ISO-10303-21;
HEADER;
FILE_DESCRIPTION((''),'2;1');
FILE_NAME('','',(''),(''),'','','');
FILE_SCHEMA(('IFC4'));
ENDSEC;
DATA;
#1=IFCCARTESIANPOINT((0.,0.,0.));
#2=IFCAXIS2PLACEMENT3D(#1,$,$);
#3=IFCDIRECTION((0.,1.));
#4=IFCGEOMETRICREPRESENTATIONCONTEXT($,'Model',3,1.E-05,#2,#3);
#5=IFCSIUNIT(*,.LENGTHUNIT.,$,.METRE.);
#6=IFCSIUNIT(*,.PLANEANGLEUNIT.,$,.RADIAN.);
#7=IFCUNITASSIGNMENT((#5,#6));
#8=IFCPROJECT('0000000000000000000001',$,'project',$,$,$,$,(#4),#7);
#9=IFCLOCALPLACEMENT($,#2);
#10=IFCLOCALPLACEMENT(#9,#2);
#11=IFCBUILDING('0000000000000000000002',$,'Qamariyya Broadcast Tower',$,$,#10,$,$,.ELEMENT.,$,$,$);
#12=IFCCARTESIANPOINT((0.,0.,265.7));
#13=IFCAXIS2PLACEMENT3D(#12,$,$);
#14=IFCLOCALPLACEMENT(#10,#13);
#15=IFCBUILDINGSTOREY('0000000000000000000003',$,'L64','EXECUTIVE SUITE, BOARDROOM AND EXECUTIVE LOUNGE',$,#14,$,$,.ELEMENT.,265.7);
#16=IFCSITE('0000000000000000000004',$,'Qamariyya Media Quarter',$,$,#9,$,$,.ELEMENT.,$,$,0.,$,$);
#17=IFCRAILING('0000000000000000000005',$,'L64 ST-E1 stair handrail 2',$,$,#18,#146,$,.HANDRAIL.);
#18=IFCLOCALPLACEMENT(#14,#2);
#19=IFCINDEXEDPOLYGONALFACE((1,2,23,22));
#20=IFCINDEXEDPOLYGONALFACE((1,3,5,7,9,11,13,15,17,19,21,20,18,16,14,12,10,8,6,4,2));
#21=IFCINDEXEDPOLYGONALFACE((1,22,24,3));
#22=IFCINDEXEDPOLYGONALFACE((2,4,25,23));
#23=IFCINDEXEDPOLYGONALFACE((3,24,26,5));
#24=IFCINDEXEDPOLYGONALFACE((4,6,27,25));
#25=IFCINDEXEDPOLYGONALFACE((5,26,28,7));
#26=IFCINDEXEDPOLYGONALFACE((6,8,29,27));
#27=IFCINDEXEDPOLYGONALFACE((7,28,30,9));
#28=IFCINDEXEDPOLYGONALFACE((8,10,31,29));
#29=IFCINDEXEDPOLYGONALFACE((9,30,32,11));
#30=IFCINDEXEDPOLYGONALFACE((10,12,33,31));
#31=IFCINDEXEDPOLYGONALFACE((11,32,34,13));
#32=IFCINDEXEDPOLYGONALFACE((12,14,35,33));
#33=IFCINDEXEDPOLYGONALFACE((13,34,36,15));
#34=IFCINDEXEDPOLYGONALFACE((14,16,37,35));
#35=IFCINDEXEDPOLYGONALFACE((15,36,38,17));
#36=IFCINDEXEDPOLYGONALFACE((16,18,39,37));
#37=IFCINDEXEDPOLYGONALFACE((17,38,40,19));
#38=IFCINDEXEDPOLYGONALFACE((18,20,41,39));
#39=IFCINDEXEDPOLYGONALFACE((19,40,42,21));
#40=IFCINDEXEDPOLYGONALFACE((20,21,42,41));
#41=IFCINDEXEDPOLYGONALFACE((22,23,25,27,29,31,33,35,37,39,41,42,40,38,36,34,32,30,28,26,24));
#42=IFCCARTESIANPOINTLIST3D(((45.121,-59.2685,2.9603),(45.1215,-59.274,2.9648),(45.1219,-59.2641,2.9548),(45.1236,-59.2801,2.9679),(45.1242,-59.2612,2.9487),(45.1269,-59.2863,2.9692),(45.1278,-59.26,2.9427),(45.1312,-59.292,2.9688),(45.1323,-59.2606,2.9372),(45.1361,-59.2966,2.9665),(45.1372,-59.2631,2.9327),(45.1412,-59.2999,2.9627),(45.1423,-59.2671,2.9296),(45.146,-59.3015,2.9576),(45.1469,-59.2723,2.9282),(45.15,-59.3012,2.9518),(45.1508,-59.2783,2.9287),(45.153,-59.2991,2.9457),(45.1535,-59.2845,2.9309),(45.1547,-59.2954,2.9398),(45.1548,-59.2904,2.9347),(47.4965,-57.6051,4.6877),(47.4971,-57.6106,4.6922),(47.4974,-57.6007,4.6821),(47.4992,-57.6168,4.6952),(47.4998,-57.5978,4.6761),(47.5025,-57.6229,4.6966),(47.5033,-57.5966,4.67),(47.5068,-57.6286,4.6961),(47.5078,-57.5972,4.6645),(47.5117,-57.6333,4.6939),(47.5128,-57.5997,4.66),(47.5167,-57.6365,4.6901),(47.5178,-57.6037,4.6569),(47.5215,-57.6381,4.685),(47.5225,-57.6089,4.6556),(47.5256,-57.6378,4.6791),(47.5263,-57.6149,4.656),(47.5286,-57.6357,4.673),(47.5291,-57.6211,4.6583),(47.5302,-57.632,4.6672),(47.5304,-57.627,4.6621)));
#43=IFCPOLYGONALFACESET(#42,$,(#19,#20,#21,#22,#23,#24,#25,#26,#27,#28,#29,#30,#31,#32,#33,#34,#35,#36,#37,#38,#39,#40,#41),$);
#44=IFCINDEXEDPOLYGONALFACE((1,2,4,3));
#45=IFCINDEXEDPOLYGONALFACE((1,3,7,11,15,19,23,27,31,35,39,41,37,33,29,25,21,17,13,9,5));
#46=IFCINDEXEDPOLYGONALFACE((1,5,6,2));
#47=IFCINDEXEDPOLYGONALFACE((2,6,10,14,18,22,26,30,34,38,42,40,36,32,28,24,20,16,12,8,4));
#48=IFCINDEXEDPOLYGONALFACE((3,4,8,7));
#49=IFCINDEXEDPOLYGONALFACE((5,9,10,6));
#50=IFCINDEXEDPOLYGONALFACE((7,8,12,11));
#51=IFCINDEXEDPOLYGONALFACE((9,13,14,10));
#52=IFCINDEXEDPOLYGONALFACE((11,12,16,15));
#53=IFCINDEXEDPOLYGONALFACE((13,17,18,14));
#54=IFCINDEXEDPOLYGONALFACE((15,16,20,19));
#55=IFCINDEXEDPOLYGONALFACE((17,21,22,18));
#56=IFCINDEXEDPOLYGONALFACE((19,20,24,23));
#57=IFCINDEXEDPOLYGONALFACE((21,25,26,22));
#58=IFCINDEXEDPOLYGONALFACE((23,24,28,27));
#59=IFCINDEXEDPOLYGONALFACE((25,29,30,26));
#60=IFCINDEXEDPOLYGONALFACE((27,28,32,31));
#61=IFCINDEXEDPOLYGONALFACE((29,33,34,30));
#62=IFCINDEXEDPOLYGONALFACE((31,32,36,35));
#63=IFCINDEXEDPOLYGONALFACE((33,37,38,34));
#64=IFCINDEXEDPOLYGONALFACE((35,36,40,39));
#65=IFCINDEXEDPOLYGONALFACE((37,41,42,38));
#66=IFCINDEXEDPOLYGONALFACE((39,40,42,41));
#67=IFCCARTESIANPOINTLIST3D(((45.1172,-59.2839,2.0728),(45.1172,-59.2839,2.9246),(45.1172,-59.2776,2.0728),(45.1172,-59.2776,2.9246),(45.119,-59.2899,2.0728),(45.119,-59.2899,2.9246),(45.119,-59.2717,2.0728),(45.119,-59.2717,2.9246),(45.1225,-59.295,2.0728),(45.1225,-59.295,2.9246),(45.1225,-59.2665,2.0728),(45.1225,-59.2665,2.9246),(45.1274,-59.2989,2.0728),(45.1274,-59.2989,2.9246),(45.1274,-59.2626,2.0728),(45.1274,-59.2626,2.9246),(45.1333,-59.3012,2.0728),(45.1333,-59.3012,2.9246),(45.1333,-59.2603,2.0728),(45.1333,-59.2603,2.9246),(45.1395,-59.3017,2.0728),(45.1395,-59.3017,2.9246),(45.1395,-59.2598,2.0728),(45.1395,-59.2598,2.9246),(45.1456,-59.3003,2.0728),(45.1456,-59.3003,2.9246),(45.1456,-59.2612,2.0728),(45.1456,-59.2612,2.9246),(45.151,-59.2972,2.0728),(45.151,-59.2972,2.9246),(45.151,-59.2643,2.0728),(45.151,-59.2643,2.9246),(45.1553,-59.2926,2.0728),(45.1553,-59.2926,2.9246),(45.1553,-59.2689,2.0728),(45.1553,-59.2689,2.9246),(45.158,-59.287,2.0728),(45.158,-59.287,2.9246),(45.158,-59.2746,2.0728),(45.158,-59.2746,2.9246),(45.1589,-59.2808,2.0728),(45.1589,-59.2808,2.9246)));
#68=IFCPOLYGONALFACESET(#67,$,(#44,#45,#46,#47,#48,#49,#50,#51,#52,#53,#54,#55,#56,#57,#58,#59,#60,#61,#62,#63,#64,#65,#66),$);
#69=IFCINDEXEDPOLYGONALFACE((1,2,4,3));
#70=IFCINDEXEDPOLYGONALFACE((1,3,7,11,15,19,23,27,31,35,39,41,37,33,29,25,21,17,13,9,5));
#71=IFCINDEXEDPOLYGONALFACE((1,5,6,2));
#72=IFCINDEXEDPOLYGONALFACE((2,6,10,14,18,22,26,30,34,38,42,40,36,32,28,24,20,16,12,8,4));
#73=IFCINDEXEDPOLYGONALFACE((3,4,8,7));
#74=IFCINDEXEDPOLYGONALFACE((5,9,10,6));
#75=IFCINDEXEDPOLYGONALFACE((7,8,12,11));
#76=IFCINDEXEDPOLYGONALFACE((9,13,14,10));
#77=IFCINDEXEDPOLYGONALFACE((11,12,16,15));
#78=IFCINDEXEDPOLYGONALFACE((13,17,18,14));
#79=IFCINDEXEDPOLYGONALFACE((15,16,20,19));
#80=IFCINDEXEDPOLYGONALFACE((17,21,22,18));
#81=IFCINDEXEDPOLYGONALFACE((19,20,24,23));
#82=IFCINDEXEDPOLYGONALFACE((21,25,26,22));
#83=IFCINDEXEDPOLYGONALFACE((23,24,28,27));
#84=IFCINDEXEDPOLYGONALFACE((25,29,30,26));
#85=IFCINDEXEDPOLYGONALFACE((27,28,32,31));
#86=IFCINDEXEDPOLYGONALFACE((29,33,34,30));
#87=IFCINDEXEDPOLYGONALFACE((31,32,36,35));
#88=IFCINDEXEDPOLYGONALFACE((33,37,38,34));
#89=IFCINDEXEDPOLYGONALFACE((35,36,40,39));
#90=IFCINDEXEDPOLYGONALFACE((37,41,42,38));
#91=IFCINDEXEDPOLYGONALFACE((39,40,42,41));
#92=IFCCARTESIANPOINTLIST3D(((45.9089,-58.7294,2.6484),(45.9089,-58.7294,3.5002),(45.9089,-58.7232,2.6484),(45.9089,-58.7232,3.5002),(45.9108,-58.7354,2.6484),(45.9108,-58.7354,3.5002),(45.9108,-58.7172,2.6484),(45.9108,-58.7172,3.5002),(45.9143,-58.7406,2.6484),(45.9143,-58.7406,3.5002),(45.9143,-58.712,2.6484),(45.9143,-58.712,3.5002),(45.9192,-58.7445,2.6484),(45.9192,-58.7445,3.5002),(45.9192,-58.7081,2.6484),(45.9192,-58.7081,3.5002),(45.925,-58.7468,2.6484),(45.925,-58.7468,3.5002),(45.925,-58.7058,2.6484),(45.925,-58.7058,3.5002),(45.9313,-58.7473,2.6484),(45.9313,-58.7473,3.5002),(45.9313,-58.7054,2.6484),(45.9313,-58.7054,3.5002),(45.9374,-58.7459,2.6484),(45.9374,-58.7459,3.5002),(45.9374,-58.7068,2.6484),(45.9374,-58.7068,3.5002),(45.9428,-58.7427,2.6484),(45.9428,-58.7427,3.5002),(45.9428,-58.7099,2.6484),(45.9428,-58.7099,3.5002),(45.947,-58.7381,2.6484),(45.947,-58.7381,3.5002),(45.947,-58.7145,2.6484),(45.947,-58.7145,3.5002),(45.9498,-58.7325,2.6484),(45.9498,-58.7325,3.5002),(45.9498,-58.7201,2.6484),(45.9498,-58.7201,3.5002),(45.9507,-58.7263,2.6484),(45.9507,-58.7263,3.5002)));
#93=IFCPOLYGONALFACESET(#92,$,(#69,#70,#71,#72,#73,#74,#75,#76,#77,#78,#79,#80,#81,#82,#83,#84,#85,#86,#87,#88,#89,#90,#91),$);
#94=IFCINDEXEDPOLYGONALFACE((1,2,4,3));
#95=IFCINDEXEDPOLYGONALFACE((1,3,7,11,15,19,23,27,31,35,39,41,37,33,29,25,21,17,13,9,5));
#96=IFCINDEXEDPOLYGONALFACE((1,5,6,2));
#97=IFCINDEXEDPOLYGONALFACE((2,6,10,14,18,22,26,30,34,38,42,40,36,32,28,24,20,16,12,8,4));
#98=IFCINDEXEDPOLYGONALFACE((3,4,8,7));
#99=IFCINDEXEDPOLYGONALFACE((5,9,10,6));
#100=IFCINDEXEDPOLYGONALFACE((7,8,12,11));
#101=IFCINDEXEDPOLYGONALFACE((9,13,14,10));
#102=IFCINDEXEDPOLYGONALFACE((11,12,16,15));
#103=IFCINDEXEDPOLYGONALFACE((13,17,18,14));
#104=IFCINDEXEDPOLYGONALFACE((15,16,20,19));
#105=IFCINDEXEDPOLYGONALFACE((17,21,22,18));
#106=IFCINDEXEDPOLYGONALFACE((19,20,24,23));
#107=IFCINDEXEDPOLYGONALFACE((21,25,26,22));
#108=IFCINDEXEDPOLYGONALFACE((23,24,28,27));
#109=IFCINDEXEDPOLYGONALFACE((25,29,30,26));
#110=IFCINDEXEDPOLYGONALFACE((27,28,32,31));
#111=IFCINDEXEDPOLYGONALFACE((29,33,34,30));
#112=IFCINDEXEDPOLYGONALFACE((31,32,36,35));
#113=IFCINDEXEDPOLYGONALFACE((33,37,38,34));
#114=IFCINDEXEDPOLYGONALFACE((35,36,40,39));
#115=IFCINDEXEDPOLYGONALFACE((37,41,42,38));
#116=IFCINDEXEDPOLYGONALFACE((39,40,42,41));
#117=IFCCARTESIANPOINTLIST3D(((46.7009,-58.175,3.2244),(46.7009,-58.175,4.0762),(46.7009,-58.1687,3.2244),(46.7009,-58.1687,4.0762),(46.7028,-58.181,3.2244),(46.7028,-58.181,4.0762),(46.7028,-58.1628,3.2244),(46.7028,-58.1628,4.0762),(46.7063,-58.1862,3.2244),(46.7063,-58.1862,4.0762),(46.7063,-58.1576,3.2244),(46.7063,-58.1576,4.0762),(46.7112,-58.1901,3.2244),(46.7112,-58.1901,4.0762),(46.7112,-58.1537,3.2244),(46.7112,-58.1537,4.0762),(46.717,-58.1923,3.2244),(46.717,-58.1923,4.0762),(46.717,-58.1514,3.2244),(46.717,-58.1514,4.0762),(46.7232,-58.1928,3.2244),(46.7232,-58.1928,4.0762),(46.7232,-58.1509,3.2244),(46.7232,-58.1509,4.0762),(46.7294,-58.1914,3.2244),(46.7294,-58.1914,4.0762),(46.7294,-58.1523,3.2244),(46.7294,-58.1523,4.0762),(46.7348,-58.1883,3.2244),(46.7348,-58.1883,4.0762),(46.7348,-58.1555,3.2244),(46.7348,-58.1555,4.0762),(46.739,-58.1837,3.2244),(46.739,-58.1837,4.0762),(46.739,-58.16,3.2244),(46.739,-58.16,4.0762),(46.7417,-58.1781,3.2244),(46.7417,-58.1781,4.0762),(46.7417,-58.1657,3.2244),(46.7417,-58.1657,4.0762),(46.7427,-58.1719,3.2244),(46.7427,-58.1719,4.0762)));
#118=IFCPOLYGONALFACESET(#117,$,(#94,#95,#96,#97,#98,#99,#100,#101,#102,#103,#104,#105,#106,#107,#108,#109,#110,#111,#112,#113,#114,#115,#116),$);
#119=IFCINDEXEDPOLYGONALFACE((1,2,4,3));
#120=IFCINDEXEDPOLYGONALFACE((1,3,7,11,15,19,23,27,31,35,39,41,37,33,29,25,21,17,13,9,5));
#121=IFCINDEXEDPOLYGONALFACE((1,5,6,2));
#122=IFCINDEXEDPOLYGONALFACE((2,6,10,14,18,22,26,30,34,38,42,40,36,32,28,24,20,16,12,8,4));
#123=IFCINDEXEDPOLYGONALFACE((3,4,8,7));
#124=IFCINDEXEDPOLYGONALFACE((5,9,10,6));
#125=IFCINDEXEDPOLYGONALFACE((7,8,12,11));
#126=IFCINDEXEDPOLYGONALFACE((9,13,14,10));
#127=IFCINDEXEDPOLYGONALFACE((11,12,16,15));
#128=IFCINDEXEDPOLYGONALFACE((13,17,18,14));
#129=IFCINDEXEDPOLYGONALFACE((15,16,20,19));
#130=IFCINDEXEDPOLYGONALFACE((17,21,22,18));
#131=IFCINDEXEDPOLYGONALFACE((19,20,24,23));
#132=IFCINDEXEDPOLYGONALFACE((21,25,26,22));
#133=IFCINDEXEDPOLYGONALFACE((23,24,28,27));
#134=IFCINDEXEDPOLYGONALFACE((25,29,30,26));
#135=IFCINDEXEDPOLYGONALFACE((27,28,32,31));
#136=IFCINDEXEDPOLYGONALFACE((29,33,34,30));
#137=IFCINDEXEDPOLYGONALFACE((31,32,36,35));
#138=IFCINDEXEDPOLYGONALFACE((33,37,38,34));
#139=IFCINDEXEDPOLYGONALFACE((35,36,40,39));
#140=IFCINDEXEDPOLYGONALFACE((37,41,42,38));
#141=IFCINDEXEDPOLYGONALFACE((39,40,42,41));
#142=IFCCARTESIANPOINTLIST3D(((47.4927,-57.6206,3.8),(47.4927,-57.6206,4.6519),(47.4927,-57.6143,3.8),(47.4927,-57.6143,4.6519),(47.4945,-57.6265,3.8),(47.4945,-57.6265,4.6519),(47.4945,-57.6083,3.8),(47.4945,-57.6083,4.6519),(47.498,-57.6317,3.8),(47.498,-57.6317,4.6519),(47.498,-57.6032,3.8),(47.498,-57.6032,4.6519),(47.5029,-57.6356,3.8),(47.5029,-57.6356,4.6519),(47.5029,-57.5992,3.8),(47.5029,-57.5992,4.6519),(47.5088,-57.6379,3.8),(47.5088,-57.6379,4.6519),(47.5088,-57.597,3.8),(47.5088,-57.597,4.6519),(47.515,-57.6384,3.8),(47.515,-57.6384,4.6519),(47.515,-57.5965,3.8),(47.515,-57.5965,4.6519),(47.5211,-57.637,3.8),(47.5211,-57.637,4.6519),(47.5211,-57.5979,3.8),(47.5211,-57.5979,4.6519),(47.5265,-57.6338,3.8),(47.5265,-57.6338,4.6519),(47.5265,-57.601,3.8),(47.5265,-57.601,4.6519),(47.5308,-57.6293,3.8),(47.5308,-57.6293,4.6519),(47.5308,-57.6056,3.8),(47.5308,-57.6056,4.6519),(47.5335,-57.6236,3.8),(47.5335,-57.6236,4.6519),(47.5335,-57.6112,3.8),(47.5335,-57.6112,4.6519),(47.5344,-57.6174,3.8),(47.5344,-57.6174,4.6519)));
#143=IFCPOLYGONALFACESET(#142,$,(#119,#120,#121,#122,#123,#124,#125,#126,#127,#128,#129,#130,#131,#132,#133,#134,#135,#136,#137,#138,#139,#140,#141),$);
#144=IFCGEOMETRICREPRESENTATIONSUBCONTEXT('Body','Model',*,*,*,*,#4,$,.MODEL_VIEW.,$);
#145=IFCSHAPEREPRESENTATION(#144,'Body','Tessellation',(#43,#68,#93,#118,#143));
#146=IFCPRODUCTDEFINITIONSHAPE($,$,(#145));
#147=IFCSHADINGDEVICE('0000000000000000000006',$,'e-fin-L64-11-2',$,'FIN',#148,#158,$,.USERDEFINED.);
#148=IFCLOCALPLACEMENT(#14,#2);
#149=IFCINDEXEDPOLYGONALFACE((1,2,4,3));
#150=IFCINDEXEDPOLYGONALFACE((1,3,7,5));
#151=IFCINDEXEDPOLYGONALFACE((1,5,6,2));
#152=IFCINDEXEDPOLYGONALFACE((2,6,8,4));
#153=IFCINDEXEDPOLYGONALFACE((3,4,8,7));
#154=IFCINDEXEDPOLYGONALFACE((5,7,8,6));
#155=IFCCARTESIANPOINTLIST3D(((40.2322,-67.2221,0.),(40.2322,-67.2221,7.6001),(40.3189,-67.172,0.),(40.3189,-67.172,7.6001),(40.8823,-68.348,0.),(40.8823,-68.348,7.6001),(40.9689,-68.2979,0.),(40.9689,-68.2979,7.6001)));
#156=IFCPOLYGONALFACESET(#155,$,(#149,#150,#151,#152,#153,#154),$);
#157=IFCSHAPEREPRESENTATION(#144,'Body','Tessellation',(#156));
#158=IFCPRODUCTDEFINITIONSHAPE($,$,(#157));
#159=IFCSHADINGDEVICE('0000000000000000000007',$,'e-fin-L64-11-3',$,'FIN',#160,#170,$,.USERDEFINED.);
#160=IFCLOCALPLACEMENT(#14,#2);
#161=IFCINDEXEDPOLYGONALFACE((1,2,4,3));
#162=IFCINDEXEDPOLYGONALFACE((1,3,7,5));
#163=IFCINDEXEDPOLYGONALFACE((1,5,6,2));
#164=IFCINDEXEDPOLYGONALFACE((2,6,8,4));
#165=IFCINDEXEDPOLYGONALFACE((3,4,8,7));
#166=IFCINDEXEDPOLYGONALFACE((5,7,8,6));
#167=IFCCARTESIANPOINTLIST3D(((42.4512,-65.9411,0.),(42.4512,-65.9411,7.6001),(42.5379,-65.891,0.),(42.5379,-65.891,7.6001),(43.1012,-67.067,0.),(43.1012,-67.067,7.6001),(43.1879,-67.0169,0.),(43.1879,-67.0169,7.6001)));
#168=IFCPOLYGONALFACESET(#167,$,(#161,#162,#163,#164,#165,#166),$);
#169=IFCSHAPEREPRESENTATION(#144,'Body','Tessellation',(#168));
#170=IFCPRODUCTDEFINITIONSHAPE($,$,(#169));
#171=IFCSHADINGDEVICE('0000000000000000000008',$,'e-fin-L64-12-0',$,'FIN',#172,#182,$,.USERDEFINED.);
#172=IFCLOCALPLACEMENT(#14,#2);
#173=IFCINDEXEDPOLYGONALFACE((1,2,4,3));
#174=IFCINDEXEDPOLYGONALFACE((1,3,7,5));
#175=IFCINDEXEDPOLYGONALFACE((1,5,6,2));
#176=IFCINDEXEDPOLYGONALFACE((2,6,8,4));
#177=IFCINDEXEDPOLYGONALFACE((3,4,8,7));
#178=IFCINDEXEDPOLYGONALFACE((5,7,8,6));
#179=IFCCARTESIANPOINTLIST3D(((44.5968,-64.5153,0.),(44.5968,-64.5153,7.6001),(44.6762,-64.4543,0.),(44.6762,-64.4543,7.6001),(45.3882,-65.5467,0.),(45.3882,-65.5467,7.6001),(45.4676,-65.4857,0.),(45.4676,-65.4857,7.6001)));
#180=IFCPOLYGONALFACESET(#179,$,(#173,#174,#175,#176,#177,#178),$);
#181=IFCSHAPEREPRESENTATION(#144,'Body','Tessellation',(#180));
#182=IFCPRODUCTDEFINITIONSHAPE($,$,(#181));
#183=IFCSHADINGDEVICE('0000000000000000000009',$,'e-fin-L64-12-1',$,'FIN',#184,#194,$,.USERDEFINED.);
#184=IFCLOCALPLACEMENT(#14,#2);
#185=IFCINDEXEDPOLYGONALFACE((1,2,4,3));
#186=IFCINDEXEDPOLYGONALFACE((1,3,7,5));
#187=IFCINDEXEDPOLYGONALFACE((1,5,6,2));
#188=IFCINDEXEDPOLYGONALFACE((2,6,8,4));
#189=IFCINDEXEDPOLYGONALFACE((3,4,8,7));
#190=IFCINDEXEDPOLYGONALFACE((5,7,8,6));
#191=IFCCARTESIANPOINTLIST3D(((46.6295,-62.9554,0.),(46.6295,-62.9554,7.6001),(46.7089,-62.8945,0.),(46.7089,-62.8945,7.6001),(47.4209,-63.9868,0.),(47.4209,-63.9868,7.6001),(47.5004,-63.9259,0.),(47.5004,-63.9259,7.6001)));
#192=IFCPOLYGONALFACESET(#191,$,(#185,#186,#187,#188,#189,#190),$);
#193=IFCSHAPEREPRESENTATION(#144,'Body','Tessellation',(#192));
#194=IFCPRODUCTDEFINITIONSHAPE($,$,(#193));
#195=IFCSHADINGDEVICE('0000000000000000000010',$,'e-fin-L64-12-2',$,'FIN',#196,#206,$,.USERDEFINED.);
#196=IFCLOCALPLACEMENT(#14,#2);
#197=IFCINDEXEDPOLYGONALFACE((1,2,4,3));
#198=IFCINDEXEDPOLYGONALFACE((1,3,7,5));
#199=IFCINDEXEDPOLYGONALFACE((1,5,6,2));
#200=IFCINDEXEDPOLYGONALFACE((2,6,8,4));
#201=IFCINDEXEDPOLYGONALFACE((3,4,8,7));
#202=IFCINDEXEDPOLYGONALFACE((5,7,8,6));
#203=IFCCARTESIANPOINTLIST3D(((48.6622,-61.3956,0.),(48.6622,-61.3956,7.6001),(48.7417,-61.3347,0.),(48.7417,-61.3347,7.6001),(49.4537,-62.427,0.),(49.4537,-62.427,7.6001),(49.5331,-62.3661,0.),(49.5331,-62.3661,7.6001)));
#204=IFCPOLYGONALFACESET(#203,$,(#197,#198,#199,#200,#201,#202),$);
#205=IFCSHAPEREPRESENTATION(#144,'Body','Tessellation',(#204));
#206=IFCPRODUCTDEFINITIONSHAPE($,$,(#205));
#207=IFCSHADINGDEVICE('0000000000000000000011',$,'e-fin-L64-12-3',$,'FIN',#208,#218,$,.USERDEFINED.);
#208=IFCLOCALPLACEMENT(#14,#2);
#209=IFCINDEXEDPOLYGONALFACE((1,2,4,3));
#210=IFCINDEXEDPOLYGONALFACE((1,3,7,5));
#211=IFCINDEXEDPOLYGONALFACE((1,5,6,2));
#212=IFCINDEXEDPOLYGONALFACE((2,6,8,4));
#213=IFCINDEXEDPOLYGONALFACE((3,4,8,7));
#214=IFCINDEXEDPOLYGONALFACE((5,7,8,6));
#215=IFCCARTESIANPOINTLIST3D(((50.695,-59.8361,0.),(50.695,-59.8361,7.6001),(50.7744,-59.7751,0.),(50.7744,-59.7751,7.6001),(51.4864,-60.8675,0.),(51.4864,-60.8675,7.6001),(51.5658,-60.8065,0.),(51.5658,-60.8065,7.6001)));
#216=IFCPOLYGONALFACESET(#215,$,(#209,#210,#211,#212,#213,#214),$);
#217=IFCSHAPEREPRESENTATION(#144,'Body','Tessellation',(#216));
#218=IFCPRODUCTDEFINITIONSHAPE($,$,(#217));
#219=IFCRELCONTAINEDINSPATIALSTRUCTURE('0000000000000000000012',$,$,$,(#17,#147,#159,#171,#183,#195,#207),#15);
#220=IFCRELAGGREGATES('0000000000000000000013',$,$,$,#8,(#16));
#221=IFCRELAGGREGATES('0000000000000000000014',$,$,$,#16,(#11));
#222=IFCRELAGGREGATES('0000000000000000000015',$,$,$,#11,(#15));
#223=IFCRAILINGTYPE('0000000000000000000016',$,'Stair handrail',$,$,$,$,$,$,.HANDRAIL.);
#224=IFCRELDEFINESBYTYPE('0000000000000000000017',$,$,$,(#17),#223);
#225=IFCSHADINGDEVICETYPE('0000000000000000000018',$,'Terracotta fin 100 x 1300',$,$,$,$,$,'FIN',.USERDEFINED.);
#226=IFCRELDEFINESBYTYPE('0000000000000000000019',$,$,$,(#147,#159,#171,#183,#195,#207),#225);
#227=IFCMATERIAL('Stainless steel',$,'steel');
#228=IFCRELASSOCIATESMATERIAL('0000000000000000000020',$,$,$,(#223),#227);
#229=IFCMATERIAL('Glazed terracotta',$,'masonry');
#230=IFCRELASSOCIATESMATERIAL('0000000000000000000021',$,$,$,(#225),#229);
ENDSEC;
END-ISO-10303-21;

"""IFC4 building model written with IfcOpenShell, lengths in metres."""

from ifc_helpers import new_model, si_unit, direction, frame, origin, origin_2d, place, context, subcontext, project, spatial, rectangle, circle, extrude, material, material_profile, profile_set, type_object, element, save


model = new_model("IFC4")

# Units and contexts
model_context = context("Model", 3, precision=1e-05, world=origin(), true_north=direction((0.0, 1.0)))
body_context = subcontext(model_context, "Body", "Model", "MODEL_VIEW")
ifc_project = project(units=[si_unit("LENGTHUNIT", "METRE"), si_unit("PLANEANGLEUNIT", "RADIAN")], contexts=[model_context])

# Site, building, storey
site_placement = place(None, origin())
site = spatial("IfcSite", under=ifc_project, at=site_placement, Name="Qamariyya Media Quarter", CompositionType="ELEMENT", RefElevation=0.0)
building_placement = place(site_placement, origin())
building = spatial("IfcBuilding", under=site, at=building_placement, Name="Qamariyya Broadcast Tower", CompositionType="ELEMENT")
storey_placement = place(building_placement, frame((0.0, 0.0, 265.7)))
storey = spatial("IfcBuildingStorey", under=building, at=storey_placement, Name="L64", Description="EXECUTIVE SUITE, BOARDROOM AND EXECUTIVE LOUNGE", CompositionType="ELEMENT", Elevation=265.7)

# Railing
ifc_material_1 = material(Name="Stainless steel", Category="steel")
railing_type_1 = type_object("IfcRailingType", Name="Stair handrail", PredefinedType="HANDRAIL", material=ifc_material_1)
railing_1_placement = place(storey_placement, frame((45.1379, -59.2808, 2.0728)))
element("IfcRailing", 1, at=railing_1_placement, inside=storey, type_object=railing_type_1, Name="L64 ST-E1 stair handrail 2", PredefinedType="HANDRAIL", context=body_context, shape_type="SweptSolid", body=[
    extrude(circle(Radius=0.0239, at=origin_2d()), frame((0.0, 0.0, 0.876), z_axis=(0.70377, 0.492784, 0.511734), x_axis=(-0.573575, 0.819153, 0.0)), (0.0, 0.0, 1.0), 3.3755),
    extrude(circle(Radius=0.021, at=origin_2d()), origin(), (0.0, 0.0, 1.0), 0.8518),
    extrude(circle(Radius=0.021, at=origin_2d()), frame((0.7917, 0.5544, 0.5757)), (0.0, 0.0, 1.0), 0.8518),
    extrude(circle(Radius=0.021, at=origin_2d()), frame((1.5837, 1.1089, 1.1516)), (0.0, 0.0, 1.0), 0.8518),
    extrude(circle(Radius=0.021, at=origin_2d()), frame((2.3755, 1.6633, 1.7273)), (0.0, 0.0, 1.0), 0.8518),
])

# Shading devices
ifc_material_2 = material(Name="Glazed terracotta", Category="masonry")
ifc_material_profile_1 = material_profile(ifc_material_2, rectangle(XDim=1.3, YDim=0.1001, at=origin_2d()))
ifc_profile_set_1 = profile_set([ifc_material_profile_1], Name="Glazed terracotta")
shading_device_type_1 = type_object("IfcShadingDeviceType", Name="Terracotta fin 100 x 1300", ElementType="FIN", PredefinedType="USERDEFINED", material=ifc_profile_set_1)
for number, where, z_axis, x_axis, name in (
    (2, (40.6006, -67.76, 0.0), (0.0, 0.0, 1.0), (0.5, -0.866025, 0.0), "e-fin-L64-11-2"),
    (3, (42.8196, -66.479, 0.0), (0.0, 0.0, 1.0), (0.5, -0.866025, 0.0), "e-fin-L64-11-3"),
    (4, (45.0322, -65.0005, 0.0), (0.0, 0.0, 1.0), (0.608761, -0.793353, 0.0), "e-fin-L64-12-0"),
    (5, (47.0649, -63.4407, 0.0), (0.0, 0.0, 1.0), (0.608761, -0.793353, 0.0), "e-fin-L64-12-1"),
    (6, (49.0977, -61.8809, 0.0), (0.0, 0.0, 1.0), (0.608761, -0.793353, 0.0), "e-fin-L64-12-2"),
    (7, (51.1304, -60.3213, 0.0), (0.0, 0.0, 1.0), (0.608761, -0.793353, 0.0), "e-fin-L64-12-3"),
):
    element("IfcShadingDevice", number, at=place(storey_placement, frame(where, z_axis=z_axis, x_axis=x_axis)), inside=storey, type_object=shading_device_type_1, Name=name, ObjectType="FIN", PredefinedType="USERDEFINED", context=body_context, shape_type="SweptSolid", body=[
        extrude(rectangle(XDim=1.3, YDim=0.1001, at=origin_2d()), origin(), (0.0, 0.0, 1.0), 7.6001),
    ])

save(model, "model.ifc")
